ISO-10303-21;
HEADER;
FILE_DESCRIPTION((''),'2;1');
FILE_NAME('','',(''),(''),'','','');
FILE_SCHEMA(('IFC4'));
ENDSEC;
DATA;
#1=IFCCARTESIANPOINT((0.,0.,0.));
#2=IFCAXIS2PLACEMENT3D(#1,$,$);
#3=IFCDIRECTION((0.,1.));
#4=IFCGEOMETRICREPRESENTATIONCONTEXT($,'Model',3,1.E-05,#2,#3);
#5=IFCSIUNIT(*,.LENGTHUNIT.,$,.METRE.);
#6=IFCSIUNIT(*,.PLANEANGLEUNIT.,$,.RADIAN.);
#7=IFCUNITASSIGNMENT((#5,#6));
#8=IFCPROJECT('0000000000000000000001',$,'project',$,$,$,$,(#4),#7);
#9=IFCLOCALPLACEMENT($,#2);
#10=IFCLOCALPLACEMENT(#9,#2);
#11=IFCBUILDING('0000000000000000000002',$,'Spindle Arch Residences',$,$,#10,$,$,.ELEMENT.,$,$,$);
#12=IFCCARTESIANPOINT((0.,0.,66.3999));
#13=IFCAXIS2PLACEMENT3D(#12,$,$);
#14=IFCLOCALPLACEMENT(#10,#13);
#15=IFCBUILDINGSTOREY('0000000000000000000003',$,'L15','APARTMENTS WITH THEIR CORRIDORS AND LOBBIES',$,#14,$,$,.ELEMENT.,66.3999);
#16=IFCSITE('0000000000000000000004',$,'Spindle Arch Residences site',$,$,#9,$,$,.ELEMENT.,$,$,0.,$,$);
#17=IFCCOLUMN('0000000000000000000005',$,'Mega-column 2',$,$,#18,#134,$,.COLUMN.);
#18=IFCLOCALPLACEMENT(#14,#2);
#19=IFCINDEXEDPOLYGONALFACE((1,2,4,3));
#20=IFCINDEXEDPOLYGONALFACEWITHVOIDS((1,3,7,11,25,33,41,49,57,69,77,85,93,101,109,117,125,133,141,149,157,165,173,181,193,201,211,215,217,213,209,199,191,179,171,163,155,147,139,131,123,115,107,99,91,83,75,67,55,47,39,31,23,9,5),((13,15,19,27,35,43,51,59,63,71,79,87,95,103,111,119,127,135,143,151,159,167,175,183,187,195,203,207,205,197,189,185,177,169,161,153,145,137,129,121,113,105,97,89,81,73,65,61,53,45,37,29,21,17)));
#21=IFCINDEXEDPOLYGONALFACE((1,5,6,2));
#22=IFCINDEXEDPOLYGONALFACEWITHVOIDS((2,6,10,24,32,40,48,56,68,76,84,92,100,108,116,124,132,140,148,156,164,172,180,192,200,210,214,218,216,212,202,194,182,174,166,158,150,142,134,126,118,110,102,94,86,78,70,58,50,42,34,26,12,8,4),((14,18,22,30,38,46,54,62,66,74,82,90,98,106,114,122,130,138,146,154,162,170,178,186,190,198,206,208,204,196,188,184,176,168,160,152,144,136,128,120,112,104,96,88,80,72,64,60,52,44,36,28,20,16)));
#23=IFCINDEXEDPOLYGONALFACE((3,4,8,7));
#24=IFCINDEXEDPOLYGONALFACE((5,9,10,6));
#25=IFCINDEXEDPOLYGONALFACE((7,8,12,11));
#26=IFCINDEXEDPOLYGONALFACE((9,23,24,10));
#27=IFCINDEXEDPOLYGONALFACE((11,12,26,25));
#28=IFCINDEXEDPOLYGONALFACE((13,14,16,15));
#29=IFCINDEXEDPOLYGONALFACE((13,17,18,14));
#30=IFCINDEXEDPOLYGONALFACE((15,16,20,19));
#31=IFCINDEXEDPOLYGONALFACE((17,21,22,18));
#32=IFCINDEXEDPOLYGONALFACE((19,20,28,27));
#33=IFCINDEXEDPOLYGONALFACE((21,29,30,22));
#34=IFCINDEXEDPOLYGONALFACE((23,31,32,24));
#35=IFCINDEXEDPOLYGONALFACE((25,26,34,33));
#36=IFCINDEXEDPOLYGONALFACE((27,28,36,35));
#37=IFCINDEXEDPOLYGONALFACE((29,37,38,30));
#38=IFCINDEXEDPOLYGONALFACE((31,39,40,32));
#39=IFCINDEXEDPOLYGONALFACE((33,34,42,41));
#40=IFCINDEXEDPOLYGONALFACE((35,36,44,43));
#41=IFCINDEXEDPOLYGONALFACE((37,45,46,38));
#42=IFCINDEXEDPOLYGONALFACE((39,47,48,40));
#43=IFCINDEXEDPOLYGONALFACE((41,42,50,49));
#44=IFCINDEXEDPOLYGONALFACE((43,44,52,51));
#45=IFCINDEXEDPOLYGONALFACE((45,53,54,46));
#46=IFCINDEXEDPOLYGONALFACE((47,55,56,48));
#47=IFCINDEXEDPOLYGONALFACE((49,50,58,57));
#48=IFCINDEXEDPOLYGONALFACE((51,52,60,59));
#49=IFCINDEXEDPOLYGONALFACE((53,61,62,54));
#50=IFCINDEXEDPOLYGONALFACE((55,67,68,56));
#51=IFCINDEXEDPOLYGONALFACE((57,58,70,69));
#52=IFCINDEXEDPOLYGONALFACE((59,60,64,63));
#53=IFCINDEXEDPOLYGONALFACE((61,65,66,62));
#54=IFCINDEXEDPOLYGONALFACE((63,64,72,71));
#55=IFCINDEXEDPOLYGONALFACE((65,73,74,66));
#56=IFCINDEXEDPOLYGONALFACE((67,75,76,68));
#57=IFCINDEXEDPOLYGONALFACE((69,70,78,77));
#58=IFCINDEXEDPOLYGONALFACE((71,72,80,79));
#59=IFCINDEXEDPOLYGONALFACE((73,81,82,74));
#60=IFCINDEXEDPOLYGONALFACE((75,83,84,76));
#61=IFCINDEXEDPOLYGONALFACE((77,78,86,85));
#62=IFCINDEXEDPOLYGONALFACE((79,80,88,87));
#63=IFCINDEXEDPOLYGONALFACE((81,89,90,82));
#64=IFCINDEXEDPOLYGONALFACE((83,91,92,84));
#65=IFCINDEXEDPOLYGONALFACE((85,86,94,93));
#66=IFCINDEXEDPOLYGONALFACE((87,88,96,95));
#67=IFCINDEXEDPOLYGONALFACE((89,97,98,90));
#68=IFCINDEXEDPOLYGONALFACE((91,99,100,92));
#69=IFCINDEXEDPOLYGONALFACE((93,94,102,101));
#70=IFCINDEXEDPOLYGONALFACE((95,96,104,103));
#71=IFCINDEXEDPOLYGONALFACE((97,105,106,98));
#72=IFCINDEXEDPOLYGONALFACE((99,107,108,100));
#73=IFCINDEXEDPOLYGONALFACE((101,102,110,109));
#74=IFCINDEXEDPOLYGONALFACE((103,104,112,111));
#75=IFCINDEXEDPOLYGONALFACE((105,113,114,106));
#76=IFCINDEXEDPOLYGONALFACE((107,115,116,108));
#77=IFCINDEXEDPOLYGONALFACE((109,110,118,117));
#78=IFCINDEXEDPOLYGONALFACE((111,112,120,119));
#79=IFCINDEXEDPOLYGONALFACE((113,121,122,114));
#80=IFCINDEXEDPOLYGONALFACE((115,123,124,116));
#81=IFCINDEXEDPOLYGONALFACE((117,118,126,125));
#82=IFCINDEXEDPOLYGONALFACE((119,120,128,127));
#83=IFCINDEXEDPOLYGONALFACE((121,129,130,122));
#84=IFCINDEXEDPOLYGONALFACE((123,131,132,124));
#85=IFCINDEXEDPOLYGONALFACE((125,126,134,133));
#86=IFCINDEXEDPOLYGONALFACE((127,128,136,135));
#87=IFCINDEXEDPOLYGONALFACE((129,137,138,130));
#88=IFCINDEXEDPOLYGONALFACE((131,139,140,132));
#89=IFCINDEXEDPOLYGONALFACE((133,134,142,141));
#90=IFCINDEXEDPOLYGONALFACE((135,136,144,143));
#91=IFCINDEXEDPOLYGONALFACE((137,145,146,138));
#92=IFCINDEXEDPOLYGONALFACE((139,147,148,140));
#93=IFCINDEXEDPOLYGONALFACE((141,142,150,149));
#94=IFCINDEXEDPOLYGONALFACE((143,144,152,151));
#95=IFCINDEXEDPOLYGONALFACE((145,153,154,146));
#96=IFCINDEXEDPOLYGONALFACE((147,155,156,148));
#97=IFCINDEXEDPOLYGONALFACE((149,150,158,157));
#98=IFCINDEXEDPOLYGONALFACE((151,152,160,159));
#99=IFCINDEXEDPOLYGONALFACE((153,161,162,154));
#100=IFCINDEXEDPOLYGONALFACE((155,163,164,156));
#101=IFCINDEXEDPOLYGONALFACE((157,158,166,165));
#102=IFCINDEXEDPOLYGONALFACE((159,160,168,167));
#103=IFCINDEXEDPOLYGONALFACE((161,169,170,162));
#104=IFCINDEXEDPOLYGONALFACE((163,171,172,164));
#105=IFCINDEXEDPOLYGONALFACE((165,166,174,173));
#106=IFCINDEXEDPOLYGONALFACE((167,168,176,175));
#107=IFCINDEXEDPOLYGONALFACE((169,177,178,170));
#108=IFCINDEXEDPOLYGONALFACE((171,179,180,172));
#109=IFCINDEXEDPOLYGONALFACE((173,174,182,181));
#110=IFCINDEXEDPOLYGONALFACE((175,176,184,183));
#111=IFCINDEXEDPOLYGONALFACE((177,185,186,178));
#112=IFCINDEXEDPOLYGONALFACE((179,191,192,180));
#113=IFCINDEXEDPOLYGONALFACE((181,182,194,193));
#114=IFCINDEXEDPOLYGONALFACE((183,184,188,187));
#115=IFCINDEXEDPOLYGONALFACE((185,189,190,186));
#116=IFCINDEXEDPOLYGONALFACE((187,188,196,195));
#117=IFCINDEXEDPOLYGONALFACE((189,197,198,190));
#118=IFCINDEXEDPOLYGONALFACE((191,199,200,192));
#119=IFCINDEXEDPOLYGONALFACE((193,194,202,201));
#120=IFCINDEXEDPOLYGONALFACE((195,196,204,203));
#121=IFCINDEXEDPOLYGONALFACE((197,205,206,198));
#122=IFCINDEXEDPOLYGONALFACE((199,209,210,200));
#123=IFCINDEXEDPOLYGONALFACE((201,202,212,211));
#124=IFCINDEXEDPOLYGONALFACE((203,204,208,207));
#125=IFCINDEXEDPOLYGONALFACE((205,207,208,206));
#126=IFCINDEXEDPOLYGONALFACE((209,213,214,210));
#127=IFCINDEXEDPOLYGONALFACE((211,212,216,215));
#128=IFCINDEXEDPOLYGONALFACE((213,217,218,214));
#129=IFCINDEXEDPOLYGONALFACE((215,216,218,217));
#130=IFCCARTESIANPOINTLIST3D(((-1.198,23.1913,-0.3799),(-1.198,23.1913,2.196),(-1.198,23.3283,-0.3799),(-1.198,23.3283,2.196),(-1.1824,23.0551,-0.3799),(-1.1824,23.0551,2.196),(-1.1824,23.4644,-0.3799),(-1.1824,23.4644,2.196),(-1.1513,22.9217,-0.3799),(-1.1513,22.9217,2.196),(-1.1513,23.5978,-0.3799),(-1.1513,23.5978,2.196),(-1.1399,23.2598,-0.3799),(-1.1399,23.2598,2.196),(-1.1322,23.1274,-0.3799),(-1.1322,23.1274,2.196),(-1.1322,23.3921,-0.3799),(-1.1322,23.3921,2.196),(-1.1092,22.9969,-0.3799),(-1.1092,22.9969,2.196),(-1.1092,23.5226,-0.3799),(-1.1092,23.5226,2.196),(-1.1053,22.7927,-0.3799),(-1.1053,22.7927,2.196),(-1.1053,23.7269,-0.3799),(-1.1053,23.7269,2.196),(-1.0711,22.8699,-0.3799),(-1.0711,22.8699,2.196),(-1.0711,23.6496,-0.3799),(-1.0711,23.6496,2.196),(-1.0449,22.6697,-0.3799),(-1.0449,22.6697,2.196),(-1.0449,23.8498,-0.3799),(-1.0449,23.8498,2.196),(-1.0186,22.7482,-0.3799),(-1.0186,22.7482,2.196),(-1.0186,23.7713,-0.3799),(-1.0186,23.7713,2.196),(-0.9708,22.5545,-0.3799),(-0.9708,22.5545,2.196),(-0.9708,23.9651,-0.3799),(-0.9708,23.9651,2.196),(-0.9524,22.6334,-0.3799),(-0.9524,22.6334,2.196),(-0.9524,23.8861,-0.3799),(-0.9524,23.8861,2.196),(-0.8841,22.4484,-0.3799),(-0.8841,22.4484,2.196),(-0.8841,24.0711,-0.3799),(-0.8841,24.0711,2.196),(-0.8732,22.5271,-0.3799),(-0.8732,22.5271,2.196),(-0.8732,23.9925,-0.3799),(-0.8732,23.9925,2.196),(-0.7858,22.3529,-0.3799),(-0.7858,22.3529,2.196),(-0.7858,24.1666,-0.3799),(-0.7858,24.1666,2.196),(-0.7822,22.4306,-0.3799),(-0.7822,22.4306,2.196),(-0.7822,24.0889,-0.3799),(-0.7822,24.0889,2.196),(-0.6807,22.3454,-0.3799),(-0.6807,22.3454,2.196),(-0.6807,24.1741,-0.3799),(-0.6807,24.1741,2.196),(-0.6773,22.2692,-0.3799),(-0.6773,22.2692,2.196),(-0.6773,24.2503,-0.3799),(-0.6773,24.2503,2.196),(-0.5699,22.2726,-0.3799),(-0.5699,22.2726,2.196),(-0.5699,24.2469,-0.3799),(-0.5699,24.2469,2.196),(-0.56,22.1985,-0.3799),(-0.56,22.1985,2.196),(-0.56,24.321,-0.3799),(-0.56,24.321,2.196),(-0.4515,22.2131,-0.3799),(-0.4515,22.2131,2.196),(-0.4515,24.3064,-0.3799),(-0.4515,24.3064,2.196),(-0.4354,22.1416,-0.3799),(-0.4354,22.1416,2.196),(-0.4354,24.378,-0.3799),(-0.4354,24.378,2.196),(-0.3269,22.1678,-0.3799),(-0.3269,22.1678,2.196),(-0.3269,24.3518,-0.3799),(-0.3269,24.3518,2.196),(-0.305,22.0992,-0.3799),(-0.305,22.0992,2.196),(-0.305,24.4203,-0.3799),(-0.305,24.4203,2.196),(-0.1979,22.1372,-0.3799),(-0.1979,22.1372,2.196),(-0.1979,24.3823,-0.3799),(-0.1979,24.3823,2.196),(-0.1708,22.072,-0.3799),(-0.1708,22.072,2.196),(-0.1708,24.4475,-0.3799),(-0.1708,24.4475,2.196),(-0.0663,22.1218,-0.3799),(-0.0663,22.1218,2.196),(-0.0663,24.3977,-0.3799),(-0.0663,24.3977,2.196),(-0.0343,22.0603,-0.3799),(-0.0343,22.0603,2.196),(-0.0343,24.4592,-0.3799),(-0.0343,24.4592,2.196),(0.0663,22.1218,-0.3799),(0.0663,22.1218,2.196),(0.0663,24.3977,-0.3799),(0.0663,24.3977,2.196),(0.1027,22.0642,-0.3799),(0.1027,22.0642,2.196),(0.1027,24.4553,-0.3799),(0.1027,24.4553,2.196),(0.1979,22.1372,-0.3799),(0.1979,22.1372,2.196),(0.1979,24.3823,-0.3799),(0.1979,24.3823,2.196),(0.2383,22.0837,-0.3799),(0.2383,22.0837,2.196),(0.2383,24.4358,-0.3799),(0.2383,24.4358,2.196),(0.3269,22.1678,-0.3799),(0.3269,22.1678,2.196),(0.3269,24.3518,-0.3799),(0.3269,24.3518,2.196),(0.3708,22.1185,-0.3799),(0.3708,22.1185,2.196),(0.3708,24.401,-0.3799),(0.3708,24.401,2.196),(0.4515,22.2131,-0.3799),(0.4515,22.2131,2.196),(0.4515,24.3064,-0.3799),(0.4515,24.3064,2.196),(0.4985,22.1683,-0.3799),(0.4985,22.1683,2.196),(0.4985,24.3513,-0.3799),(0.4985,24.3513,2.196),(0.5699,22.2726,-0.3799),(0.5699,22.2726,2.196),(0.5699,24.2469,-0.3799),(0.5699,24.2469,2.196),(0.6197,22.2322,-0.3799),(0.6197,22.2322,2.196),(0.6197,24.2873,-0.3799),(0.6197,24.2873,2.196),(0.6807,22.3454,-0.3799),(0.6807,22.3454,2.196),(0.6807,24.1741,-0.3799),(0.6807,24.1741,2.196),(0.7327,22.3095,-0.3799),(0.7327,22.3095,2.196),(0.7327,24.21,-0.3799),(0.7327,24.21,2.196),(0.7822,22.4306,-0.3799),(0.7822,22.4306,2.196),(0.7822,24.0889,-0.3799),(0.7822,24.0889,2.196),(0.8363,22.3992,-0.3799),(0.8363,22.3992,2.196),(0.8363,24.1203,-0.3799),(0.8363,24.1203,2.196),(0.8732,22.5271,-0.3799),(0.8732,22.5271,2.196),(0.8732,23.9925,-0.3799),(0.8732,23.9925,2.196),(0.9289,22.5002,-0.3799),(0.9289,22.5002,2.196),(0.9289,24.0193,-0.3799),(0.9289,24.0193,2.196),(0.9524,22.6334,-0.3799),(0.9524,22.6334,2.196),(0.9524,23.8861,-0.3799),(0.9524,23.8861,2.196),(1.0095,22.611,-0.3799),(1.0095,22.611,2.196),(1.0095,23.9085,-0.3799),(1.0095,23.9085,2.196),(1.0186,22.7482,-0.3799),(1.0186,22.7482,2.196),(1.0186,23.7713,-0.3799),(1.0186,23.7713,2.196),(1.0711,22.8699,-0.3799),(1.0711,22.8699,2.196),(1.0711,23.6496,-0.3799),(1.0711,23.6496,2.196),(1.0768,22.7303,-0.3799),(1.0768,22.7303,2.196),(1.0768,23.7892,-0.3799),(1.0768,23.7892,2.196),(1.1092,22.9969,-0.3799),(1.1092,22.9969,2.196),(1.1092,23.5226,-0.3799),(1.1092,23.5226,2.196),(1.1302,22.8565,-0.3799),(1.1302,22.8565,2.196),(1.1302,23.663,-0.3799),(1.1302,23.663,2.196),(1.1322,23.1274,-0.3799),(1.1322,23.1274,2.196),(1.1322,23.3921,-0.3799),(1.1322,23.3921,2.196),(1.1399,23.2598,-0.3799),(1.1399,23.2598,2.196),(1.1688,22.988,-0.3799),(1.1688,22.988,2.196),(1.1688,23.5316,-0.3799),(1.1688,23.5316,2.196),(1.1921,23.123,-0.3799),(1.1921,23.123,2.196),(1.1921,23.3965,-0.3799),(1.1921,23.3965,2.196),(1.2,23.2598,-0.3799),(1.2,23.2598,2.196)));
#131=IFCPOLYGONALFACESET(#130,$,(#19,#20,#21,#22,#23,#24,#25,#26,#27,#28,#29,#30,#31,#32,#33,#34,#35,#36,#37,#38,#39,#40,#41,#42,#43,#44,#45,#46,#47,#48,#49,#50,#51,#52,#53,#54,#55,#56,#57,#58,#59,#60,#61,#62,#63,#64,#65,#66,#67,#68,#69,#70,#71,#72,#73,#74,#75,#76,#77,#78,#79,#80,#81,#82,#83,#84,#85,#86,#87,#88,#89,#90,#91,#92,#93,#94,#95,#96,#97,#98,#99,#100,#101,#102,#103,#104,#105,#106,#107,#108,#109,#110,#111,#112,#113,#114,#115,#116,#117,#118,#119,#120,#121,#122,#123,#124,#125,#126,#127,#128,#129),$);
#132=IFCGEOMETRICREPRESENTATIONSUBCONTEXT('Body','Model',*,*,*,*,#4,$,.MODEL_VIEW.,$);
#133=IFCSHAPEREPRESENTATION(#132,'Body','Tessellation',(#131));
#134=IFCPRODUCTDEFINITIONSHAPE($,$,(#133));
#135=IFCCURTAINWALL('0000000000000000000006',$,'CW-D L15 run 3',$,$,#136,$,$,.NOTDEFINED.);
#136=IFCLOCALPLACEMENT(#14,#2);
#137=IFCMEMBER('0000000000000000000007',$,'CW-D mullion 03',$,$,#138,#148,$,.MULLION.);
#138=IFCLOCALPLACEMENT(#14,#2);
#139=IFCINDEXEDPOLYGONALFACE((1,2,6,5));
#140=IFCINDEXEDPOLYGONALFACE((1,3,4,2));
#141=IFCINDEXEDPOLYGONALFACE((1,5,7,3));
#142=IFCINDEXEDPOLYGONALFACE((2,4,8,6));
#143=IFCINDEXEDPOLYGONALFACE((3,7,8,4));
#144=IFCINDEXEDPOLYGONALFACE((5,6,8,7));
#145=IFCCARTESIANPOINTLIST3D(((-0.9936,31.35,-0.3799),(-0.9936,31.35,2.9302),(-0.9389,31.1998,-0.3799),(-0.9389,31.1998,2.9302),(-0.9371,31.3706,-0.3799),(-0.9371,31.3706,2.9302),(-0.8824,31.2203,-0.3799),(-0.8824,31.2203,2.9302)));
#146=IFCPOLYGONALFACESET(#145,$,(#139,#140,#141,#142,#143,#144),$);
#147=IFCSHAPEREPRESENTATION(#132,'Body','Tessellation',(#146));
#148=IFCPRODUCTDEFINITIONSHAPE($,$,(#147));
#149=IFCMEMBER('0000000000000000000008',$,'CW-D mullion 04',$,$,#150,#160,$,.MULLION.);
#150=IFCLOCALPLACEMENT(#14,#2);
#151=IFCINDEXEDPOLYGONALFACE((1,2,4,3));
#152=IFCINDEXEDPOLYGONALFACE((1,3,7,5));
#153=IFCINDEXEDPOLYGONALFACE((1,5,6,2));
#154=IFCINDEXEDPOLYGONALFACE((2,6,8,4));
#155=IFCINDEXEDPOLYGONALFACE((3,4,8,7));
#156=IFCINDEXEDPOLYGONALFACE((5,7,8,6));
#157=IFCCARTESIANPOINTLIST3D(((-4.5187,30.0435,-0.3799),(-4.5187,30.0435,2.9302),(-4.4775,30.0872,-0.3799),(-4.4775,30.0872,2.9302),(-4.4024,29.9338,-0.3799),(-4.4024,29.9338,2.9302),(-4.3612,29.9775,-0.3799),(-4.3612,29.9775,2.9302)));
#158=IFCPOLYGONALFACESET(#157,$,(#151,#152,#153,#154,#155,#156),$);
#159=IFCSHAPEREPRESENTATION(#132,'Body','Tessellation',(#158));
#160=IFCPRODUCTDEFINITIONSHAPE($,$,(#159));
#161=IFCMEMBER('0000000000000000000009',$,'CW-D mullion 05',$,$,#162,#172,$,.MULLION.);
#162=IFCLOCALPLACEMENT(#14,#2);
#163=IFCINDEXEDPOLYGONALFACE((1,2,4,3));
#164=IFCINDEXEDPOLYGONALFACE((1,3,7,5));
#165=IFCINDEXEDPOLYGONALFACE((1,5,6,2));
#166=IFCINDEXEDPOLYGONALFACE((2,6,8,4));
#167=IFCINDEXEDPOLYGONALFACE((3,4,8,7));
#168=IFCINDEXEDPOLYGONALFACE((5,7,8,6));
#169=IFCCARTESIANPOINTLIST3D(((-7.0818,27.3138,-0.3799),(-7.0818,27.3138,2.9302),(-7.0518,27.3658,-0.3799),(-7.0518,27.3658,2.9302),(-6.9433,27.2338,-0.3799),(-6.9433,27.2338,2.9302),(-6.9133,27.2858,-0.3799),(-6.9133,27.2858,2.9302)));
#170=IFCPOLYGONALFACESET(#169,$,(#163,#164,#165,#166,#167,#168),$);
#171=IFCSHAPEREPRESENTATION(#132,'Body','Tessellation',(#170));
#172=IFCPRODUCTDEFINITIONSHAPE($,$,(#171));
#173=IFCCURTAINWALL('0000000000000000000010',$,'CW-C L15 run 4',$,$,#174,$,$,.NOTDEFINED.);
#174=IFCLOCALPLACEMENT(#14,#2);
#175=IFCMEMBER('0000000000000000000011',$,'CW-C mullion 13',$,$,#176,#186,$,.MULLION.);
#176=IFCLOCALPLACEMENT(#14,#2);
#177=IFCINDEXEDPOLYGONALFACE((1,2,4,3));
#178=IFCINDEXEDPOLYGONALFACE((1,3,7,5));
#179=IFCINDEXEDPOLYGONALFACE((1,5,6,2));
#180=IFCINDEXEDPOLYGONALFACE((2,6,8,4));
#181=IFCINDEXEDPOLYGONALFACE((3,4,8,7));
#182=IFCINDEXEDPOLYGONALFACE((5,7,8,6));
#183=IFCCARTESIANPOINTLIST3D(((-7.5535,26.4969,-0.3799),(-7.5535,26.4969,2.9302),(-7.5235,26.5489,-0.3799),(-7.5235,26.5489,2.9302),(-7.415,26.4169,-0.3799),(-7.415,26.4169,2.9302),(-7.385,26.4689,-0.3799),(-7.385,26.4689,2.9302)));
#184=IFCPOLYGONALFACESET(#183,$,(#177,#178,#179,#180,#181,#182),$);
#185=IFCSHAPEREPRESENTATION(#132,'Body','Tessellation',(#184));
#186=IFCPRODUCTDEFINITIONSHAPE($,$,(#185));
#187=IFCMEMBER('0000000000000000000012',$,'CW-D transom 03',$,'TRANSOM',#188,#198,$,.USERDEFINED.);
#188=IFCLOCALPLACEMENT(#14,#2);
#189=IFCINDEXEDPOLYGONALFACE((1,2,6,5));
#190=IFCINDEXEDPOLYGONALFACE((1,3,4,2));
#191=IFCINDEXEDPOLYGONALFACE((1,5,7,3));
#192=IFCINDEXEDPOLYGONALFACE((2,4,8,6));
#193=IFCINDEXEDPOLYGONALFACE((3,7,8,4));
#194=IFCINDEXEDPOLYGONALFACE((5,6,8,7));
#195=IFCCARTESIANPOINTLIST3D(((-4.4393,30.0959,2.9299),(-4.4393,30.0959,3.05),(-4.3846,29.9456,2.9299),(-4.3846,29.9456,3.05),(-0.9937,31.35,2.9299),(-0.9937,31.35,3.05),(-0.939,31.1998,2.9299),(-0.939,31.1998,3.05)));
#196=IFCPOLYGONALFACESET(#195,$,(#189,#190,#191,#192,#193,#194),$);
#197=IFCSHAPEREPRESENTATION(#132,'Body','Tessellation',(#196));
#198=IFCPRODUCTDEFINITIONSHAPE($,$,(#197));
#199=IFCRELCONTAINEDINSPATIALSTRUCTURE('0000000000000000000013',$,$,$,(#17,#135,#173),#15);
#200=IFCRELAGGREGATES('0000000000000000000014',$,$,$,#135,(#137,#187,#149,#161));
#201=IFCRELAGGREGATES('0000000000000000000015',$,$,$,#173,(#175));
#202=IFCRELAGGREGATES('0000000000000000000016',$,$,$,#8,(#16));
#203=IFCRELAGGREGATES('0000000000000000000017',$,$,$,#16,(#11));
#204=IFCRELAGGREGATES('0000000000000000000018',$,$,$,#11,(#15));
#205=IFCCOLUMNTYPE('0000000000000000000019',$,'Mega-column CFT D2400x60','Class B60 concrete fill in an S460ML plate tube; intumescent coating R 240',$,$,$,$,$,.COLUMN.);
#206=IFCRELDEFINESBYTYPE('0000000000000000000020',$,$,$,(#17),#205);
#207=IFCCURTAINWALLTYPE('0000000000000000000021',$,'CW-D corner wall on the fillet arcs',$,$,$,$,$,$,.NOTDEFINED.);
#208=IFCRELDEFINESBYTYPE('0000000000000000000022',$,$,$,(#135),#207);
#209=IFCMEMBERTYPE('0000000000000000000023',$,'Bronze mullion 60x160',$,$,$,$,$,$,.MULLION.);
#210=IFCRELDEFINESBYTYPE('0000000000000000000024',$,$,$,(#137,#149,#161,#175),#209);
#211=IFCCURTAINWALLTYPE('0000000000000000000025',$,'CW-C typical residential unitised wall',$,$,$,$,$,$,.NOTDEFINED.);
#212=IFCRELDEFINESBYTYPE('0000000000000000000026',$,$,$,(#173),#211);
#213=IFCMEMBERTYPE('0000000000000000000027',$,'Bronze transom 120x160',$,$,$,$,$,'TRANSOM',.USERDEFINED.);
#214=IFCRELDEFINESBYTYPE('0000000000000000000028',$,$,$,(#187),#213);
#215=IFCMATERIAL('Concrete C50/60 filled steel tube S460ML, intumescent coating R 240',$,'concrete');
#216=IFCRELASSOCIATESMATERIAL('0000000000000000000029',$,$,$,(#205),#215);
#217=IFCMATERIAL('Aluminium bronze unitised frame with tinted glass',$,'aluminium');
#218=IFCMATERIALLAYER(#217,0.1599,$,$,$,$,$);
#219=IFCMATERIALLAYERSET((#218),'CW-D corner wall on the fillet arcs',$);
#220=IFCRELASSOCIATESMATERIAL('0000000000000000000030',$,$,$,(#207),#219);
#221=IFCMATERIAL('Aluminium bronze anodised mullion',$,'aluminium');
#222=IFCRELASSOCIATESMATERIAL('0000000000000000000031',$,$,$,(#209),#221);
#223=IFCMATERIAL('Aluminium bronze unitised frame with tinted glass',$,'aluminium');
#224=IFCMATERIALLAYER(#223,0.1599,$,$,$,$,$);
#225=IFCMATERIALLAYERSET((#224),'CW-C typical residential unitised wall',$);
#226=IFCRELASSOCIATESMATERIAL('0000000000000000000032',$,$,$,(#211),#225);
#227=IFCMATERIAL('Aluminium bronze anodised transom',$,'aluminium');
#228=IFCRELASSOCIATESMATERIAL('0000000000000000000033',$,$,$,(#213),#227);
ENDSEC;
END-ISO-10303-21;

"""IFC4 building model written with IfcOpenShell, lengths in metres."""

from ifc_helpers import new_model, si_unit, direction, frame, origin, origin_2d, place, context, subcontext, project, spatial, rectangle, hollow_circle, extrude, material, layer, layer_set, material_profile, profile_set, type_object, element, aggregate, save


model = new_model("IFC4")

# Units and contexts
model_context = context("Model", 3, precision=1e-05, world=origin(), true_north=direction((0.0, 1.0)))
body_context = subcontext(model_context, "Body", "Model", "MODEL_VIEW")
ifc_project = project(units=[si_unit("LENGTHUNIT", "METRE"), si_unit("PLANEANGLEUNIT", "RADIAN")], contexts=[model_context])

# Site, building, storey
site_placement = place(None, origin())
site = spatial("IfcSite", under=ifc_project, at=site_placement, Name="Spindle Arch Residences site", CompositionType="ELEMENT", RefElevation=0.0)
building_placement = place(site_placement, origin())
building = spatial("IfcBuilding", under=site, at=building_placement, Name="Spindle Arch Residences", CompositionType="ELEMENT")
storey_placement = place(building_placement, frame((0.0, 0.0, 66.3999)))
storey = spatial("IfcBuildingStorey", under=building, at=storey_placement, Name="L15", Description="APARTMENTS WITH THEIR CORRIDORS AND LOBBIES", CompositionType="ELEMENT", Elevation=66.3999)

# Column
ifc_material_1 = material(Name="Concrete C50/60 filled steel tube S460ML, intumescent coating R 240", Category="concrete")
ifc_material_profile_1 = material_profile(ifc_material_1, hollow_circle(Radius=1.2, WallThickness=0.0601, at=origin_2d()), Name="CFT D2400x60")
ifc_profile_set_1 = profile_set([ifc_material_profile_1], Name="Concrete C50/60 filled steel tube S460ML, intumescent coating R 240")
column_type_1 = type_object("IfcColumnType", Name="Mega-column CFT D2400x60", Description="Class B60 concrete fill in an S460ML plate tube; intumescent coating R 240", PredefinedType="COLUMN", material=ifc_profile_set_1)
column_placement = place(storey_placement, frame((0.0, 23.2598, -0.3799), z_axis=(0.0, 0.0, 1.0), x_axis=(1.0, 0.0, 0.0)))
element("IfcColumn", 1, at=column_placement, inside=storey, type_object=column_type_1, Name="Mega-column 2", PredefinedType="COLUMN", context=body_context, shape_type="SweptSolid", body=[
    extrude(hollow_circle(Radius=1.2, WallThickness=0.0601, at=origin_2d()), origin(), (0.0, 0.0, 1.0), 2.5759),
])

# Curtain wall, members
ifc_material_2 = material(Name="Aluminium bronze unitised frame with tinted glass", Category="aluminium")
ifc_layer_1 = layer(ifc_material_2, 0.1599)
ifc_layer_set_1 = layer_set([ifc_layer_1], Name="CW-D corner wall on the fillet arcs")
curtain_wall_type_1 = type_object("IfcCurtainWallType", Name="CW-D corner wall on the fillet arcs", PredefinedType="NOTDEFINED", material=ifc_layer_set_1)
curtain_wall_1_placement = place(storey_placement, origin())
curtain_wall_1 = element("IfcCurtainWall", 2, at=curtain_wall_1_placement, inside=storey, type_object=curtain_wall_type_1, Name="CW-D L15 run 3", PredefinedType="NOTDEFINED")
ifc_material_3 = material(Name="Aluminium bronze anodised mullion", Category="aluminium")
ifc_material_profile_2 = material_profile(ifc_material_3, rectangle(XDim=0.1599, YDim=0.0601, at=origin_2d()), Name="MU 60x160")
ifc_profile_set_2 = profile_set([ifc_material_profile_2], Name="Aluminium bronze anodised mullion")
member_type_1 = type_object("IfcMemberType", Name="Bronze mullion 60x160", PredefinedType="MULLION", material=ifc_profile_set_2)
member_1_placement = place(storey_placement, frame((-0.938, 31.2852, -0.3799), z_axis=(0.0, 0.0, 1.0), x_axis=(0.34202, -0.939693, 0.0)))
member_1 = element("IfcMember", 3, at=member_1_placement, type_object=member_type_1, Name="CW-D mullion 03", PredefinedType="MULLION", context=body_context, shape_type="SweptSolid", body=[
    extrude(rectangle(XDim=0.1599, YDim=0.0601, at=origin_2d()), origin(), (0.0, 0.0, 1.0), 3.3101),
])
member_2_placement = place(storey_placement, frame((-4.4399, 30.0105, -0.3799), z_axis=(0.0, 0.0, 1.0), x_axis=(0.727374, -0.686242, 0.0)))
member_2 = element("IfcMember", 4, at=member_2_placement, type_object=member_type_1, Name="CW-D mullion 04", PredefinedType="MULLION", context=body_context, shape_type="SweptSolid", body=[
    extrude(rectangle(XDim=0.1599, YDim=0.0601, at=origin_2d()), origin(), (0.0, 0.0, 1.0), 3.3101),
])
member_3_placement = place(storey_placement, frame((-6.9976, 27.2998, -0.3799), z_axis=(0.0, 0.0, 1.0), x_axis=(0.866025, -0.5, 0.0)))
member_3 = element("IfcMember", 5, at=member_3_placement, type_object=member_type_1, Name="CW-D mullion 05", PredefinedType="MULLION", context=body_context, shape_type="SweptSolid", body=[
    extrude(rectangle(XDim=0.1599, YDim=0.0601, at=origin_2d()), origin(), (0.0, 0.0, 1.0), 3.3101),
])

# Curtain wall, member
ifc_material_4 = material(Name="Aluminium bronze unitised frame with tinted glass", Category="aluminium")
ifc_layer_2 = layer(ifc_material_4, 0.1599)
ifc_layer_set_2 = layer_set([ifc_layer_2], Name="CW-C typical residential unitised wall")
curtain_wall_type_2 = type_object("IfcCurtainWallType", Name="CW-C typical residential unitised wall", PredefinedType="NOTDEFINED", material=ifc_layer_set_2)
curtain_wall_2_placement = place(storey_placement, origin())
curtain_wall_2 = element("IfcCurtainWall", 6, at=curtain_wall_2_placement, inside=storey, type_object=curtain_wall_type_2, Name="CW-C L15 run 4", PredefinedType="NOTDEFINED")
member_4_placement = place(storey_placement, frame((-7.4692, 26.4829, -0.3799), z_axis=(0.0, 0.0, 1.0), x_axis=(0.866025, -0.5, 0.0)))
member_4 = element("IfcMember", 7, at=member_4_placement, type_object=member_type_1, Name="CW-C mullion 13", PredefinedType="MULLION", context=body_context, shape_type="SweptSolid", body=[
    extrude(rectangle(XDim=0.1599, YDim=0.0601, at=origin_2d()), origin(), (0.0, 0.0, 1.0), 3.3101),
])

# Member
ifc_material_5 = material(Name="Aluminium bronze anodised transom", Category="aluminium")
ifc_material_profile_3 = material_profile(ifc_material_5, rectangle(XDim=0.1599, YDim=0.1201, at=origin_2d()), Name="TR 120x160")
ifc_profile_set_3 = profile_set([ifc_material_profile_3], Name="Aluminium bronze anodised transom")
member_type_2 = type_object("IfcMemberType", Name="Bronze transom 120x160", ElementType="TRANSOM", PredefinedType="USERDEFINED", material=ifc_profile_set_3)
member_5_placement = place(storey_placement, frame((-0.9663, 31.2749, 2.99), z_axis=(-0.939686, -0.342037, 0.0), x_axis=(0.342037, -0.939686, 0.0)))
member_5 = element("IfcMember", 8, at=member_5_placement, type_object=member_type_2, Name="CW-D transom 03", ObjectType="TRANSOM", PredefinedType="USERDEFINED", context=body_context, shape_type="SweptSolid", body=[
    extrude(rectangle(XDim=0.1599, YDim=0.1201, at=origin_2d()), origin(), (0.0, 0.0, 1.0), 3.6667),
])

aggregate(curtain_wall_1, [member_1, member_5, member_2, member_3])
aggregate(curtain_wall_2, [member_4])

save(model, "model.ifc")
